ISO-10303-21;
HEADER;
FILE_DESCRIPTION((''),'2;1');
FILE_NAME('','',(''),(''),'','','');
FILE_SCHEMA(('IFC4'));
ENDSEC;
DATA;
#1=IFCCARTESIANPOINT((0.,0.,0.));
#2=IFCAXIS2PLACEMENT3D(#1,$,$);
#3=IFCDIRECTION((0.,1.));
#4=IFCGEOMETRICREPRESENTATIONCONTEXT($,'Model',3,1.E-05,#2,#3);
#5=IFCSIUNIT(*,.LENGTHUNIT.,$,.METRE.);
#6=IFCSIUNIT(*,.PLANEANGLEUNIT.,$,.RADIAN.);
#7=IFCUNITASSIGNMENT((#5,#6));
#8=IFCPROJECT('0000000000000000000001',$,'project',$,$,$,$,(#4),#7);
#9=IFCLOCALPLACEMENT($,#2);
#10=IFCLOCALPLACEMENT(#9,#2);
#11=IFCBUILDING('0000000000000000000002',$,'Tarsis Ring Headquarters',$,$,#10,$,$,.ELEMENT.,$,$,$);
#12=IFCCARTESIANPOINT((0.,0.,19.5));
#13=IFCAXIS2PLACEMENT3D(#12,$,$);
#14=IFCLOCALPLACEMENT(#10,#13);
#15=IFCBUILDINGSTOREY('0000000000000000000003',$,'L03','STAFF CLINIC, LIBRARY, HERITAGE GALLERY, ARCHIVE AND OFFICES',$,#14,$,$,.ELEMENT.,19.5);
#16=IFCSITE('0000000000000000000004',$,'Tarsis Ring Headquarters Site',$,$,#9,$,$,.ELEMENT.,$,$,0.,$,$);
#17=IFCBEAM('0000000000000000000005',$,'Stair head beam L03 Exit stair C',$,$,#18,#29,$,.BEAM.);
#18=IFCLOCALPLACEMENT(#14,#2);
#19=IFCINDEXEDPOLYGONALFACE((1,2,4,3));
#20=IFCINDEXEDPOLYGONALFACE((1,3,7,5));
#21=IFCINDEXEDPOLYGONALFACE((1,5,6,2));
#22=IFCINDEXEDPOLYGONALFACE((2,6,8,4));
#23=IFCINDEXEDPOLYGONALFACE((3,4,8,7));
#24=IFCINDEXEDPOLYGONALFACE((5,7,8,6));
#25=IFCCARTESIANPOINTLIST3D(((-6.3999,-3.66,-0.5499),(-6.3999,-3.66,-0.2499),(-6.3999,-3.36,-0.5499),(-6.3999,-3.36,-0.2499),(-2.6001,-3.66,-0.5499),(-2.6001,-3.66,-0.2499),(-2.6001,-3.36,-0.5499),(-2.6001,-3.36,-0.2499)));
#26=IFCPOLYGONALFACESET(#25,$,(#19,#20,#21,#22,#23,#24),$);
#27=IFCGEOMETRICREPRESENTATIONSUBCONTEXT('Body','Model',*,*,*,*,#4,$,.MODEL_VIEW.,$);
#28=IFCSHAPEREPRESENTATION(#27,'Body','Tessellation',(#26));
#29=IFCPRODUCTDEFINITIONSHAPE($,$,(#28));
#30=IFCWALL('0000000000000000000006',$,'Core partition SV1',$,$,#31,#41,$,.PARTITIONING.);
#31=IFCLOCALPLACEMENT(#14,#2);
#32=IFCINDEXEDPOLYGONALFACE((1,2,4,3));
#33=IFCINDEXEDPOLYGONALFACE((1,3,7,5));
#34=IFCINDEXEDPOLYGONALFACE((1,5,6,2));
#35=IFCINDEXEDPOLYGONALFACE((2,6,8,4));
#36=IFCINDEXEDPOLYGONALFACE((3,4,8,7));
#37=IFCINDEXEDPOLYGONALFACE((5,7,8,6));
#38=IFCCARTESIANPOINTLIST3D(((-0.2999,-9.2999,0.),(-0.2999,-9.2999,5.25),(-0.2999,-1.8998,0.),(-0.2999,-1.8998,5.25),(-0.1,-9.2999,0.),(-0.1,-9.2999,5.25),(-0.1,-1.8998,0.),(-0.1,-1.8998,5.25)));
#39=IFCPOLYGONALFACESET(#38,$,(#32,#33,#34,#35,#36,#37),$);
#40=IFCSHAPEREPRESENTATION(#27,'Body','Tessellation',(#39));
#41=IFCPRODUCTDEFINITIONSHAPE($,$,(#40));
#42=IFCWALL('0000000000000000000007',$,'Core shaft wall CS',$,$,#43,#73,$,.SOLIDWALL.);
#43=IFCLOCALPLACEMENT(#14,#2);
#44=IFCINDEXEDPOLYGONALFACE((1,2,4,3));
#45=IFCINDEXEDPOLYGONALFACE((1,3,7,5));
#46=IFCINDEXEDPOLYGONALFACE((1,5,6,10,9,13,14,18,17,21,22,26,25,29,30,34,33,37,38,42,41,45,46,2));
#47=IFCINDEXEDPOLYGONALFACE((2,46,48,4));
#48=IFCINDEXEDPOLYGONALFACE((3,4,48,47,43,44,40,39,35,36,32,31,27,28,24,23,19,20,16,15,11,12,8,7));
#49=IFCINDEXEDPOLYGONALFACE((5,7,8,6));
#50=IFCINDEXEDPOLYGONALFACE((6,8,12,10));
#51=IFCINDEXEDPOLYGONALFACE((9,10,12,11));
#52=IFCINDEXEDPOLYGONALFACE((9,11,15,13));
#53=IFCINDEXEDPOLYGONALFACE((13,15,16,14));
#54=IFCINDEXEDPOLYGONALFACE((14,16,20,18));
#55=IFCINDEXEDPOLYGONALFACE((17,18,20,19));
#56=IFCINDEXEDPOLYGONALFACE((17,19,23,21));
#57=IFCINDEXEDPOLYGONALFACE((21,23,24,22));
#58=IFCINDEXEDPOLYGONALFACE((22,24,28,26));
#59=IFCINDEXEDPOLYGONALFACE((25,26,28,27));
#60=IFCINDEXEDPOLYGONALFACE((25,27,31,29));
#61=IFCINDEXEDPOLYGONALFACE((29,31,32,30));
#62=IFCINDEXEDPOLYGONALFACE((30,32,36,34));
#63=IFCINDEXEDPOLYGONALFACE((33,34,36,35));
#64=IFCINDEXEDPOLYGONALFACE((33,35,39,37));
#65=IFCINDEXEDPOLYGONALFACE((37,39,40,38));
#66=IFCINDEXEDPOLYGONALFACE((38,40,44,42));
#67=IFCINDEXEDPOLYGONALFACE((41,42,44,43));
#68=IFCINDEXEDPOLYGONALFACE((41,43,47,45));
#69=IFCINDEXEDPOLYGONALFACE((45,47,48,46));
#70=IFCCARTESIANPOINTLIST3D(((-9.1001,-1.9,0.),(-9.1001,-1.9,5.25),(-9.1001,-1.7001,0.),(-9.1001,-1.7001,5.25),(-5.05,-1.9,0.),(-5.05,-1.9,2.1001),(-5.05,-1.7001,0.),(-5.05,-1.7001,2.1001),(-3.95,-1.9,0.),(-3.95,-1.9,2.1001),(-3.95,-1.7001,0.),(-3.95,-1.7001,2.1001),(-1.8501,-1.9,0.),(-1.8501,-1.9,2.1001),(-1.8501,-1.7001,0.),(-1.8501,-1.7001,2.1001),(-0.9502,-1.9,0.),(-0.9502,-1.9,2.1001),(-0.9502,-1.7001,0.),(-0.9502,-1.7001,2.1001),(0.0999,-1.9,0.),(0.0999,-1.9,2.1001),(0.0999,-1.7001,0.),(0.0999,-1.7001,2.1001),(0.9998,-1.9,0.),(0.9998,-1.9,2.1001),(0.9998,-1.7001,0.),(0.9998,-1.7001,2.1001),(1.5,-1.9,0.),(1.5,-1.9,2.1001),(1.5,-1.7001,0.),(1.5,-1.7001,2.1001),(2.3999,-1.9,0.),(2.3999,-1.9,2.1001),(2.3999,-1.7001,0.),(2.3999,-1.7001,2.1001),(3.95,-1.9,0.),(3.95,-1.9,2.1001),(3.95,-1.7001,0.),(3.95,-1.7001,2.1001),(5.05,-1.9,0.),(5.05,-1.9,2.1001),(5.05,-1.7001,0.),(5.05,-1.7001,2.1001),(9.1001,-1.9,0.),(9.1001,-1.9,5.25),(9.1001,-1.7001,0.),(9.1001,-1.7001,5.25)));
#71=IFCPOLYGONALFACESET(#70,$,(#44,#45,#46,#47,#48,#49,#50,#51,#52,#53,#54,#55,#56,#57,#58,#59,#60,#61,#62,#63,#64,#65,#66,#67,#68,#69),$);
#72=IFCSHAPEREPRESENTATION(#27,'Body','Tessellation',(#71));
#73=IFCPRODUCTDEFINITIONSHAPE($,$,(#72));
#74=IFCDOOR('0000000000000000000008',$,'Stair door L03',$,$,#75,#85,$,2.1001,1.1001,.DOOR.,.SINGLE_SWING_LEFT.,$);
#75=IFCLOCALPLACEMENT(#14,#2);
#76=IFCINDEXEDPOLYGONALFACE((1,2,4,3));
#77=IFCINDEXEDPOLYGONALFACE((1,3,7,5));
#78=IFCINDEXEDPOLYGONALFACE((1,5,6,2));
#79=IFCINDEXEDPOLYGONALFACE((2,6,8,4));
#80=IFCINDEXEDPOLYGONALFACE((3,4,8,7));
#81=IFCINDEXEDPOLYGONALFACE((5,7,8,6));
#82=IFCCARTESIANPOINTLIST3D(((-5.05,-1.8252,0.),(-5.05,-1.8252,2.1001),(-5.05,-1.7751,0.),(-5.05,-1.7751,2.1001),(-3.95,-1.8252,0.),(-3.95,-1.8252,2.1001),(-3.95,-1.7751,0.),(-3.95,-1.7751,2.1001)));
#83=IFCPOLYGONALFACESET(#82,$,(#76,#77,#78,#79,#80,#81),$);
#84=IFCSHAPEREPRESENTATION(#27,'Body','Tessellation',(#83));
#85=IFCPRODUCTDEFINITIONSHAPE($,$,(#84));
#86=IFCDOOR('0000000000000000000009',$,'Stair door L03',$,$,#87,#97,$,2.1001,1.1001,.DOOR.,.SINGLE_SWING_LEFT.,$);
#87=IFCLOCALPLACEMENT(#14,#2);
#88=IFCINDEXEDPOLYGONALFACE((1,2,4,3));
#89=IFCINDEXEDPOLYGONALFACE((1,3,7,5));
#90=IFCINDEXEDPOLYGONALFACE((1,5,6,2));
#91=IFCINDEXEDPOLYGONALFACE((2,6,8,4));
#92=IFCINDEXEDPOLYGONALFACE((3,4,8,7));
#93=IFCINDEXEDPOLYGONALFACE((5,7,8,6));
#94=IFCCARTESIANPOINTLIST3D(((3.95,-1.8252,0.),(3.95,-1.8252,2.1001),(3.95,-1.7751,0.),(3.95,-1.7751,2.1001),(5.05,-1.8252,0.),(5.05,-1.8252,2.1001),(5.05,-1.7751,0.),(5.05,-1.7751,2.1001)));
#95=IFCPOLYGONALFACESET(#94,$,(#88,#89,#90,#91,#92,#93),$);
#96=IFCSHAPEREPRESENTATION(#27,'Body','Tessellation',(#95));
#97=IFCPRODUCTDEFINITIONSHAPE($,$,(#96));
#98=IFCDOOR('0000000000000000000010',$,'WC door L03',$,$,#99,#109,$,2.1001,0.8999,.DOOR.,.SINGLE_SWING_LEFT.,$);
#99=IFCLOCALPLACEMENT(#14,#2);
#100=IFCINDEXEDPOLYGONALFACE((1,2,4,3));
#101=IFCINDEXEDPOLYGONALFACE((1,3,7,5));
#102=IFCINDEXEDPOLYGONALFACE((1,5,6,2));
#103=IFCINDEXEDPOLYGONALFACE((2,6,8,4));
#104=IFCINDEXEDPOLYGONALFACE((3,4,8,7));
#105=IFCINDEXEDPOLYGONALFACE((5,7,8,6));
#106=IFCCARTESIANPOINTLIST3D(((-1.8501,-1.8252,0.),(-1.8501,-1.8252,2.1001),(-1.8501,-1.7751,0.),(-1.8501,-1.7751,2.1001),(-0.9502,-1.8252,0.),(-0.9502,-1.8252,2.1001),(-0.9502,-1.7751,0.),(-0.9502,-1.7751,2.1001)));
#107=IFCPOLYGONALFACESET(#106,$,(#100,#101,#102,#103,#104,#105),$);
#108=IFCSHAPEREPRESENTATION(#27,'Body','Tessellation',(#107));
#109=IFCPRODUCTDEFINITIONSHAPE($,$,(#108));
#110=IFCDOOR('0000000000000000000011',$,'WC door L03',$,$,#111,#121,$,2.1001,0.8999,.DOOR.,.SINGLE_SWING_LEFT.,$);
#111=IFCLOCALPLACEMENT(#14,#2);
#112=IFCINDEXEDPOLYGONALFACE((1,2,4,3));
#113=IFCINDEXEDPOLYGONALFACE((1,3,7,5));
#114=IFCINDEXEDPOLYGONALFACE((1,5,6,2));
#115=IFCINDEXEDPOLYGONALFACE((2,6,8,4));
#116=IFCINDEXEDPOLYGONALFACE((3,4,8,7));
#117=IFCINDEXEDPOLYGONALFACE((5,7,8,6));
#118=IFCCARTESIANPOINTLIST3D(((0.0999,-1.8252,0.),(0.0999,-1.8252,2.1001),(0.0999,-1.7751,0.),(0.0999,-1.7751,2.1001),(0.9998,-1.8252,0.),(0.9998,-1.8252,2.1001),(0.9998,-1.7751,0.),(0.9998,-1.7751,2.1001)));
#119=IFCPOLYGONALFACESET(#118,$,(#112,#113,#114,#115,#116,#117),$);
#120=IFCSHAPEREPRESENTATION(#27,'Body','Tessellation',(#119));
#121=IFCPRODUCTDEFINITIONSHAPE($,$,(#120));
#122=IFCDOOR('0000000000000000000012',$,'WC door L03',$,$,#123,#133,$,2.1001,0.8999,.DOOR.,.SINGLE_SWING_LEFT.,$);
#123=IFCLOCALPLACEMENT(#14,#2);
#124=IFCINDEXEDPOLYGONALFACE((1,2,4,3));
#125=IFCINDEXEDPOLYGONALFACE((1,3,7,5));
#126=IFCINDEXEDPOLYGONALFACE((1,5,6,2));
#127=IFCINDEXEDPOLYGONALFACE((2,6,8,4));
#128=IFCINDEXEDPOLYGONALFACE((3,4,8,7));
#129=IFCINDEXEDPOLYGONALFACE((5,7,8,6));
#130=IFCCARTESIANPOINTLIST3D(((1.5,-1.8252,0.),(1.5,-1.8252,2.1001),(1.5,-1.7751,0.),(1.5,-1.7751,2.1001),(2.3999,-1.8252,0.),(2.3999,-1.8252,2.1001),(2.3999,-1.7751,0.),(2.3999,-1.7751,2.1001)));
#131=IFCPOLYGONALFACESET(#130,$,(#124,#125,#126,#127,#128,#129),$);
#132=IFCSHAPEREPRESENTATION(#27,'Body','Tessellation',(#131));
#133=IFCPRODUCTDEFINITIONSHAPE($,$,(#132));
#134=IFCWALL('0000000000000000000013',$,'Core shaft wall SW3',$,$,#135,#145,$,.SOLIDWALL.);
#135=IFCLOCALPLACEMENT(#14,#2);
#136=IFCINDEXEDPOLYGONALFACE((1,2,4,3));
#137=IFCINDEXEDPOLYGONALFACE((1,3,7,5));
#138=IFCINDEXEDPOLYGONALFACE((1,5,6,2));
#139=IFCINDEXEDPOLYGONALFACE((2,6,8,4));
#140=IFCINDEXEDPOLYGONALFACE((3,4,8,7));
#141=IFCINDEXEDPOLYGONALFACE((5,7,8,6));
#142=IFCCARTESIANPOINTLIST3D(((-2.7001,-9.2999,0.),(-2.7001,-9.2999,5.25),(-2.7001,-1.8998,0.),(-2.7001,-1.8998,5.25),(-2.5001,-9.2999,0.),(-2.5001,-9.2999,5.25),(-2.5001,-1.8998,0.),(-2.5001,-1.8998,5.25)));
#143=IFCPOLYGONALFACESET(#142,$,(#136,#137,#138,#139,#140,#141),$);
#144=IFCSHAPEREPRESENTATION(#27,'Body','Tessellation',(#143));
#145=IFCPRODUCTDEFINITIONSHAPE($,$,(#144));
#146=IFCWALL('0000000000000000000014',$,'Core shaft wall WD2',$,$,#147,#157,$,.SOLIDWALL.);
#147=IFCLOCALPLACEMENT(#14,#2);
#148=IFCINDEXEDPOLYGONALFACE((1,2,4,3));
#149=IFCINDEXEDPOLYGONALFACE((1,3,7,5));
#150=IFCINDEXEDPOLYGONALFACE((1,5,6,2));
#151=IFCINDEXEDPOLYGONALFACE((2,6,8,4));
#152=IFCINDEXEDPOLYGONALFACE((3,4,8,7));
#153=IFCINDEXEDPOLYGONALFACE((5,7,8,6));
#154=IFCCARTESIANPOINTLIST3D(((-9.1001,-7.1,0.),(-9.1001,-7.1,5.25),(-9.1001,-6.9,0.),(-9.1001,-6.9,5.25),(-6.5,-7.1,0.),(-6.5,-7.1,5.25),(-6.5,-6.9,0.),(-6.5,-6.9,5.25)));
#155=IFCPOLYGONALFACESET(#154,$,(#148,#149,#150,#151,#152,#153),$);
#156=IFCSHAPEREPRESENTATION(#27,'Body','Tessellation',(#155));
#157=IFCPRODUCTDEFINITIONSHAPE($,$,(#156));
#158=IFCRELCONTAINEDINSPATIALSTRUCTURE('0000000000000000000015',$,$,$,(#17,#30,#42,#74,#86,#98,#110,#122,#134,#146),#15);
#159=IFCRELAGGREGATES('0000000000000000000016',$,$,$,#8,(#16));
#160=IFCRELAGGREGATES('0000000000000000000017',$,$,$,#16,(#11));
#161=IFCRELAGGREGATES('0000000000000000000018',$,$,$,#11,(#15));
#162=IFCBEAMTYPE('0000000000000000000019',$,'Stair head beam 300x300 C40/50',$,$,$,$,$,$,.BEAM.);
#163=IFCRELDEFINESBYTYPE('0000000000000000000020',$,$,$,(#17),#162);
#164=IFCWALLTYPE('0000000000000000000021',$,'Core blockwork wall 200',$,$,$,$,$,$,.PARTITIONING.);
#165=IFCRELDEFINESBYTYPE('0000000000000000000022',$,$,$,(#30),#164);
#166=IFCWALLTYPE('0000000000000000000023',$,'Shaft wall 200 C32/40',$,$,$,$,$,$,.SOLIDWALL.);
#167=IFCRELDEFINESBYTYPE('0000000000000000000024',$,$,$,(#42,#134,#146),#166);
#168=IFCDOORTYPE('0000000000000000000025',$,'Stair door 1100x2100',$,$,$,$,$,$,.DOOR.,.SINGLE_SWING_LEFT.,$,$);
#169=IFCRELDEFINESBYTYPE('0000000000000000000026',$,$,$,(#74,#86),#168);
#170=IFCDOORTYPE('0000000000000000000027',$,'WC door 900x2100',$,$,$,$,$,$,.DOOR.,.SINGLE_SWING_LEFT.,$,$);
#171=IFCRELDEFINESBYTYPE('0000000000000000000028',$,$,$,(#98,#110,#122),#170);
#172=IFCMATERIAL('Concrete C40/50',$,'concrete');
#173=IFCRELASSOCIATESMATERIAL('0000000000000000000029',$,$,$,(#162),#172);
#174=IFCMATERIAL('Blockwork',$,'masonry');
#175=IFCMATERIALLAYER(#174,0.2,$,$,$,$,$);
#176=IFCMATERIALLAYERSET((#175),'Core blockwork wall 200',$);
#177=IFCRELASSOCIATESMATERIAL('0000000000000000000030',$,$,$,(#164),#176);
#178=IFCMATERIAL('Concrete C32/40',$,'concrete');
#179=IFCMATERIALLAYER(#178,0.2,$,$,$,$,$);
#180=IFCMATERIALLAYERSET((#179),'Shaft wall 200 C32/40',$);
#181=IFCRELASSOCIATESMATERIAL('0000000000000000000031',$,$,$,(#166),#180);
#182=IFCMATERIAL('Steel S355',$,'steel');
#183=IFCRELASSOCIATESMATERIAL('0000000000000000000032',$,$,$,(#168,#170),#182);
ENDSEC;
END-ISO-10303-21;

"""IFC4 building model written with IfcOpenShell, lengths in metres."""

from ifc_helpers import new_model, si_unit, direction, frame, frame_2d, origin, origin_2d, place, context, subcontext, project, spatial, rectangle, extrude, material, layer, layer_set, material_profile, profile_set, type_object, element, fill, save


model = new_model("IFC4")

# Units and contexts
model_context = context("Model", 3, precision=1e-05, world=origin(), true_north=direction((0.0, 1.0)))
body_context = subcontext(model_context, "Body", "Model", "MODEL_VIEW")
ifc_project = project(units=[si_unit("LENGTHUNIT", "METRE"), si_unit("PLANEANGLEUNIT", "RADIAN")], contexts=[model_context])

# Site, building, storey
site_placement = place(None, origin())
site = spatial("IfcSite", under=ifc_project, at=site_placement, Name="Tarsis Ring Headquarters Site", CompositionType="ELEMENT", RefElevation=0.0)
building_placement = place(site_placement, origin())
building = spatial("IfcBuilding", under=site, at=building_placement, Name="Tarsis Ring Headquarters", CompositionType="ELEMENT")
storey_placement = place(building_placement, frame((0.0, 0.0, 19.5)))
storey = spatial("IfcBuildingStorey", under=building, at=storey_placement, Name="L03", Description="STAFF CLINIC, LIBRARY, HERITAGE GALLERY, ARCHIVE AND OFFICES", CompositionType="ELEMENT", Elevation=19.5)

# Beam
ifc_material_1 = material(Name="Concrete C40/50", Category="concrete")
ifc_material_profile = material_profile(ifc_material_1, rectangle(XDim=0.3, YDim=0.3, at=origin_2d()), Name="Stair head beam 300x300 C40/50")
ifc_profile_set = profile_set([ifc_material_profile], Name="Concrete C40/50")
beam_type = type_object("IfcBeamType", Name="Stair head beam 300x300 C40/50", PredefinedType="BEAM", material=ifc_profile_set)
beam_placement = place(storey_placement, frame((-6.3999, -3.51, -0.3999), z_axis=(1.0, 0.0, 0.0), x_axis=(0.0, 1.0, 0.0)))
element("IfcBeam", 1, at=beam_placement, inside=storey, type_object=beam_type, Name="Stair head beam L03 Exit stair C", PredefinedType="BEAM", context=body_context, shape_type="SweptSolid", body=[
    extrude(rectangle(XDim=0.3, YDim=0.3, at=origin_2d()), origin(), (0.0, 0.0, 1.0), 3.7998),
])

# Wall
ifc_material_2 = material(Name="Blockwork", Category="masonry")
ifc_layer_1 = layer(ifc_material_2, 0.2)
ifc_layer_set_1 = layer_set([ifc_layer_1], Name="Core blockwork wall 200")
wall_type_1 = type_object("IfcWallType", Name="Core blockwork wall 200", PredefinedType="PARTITIONING", material=ifc_layer_set_1)
wall_1_placement = place(storey_placement, frame((-0.2, -9.3, 0.0), z_axis=(0.0, 0.0, 1.0), x_axis=(0.0, 1.0, 0.0)))
element("IfcWall", 2, at=wall_1_placement, inside=storey, type_object=wall_type_1, Name="Core partition SV1", PredefinedType="PARTITIONING", context=body_context, shape_type="SweptSolid", body=[
    extrude(rectangle(XDim=7.4001, YDim=0.2, at=frame_2d((3.7002, 0.0))), origin(), (0.0, 0.0, 1.0), 5.25),
])

# Wall, openings, doors
ifc_material_3 = material(Name="Concrete C32/40", Category="concrete")
ifc_layer_2 = layer(ifc_material_3, 0.2)
ifc_layer_set_2 = layer_set([ifc_layer_2], Name="Shaft wall 200 C32/40")
wall_type_2 = type_object("IfcWallType", Name="Shaft wall 200 C32/40", PredefinedType="SOLIDWALL", material=ifc_layer_set_2)
wall_2_placement = place(storey_placement, frame((-9.1001, -1.8, 0.0), z_axis=(0.0, 0.0, 1.0), x_axis=(1.0, 0.0, 0.0)))
wall_2 = element("IfcWall", 3, at=wall_2_placement, inside=storey, type_object=wall_type_2, Name="Core shaft wall CS", PredefinedType="SOLIDWALL", context=body_context, shape_type="SweptSolid", body=[
    extrude(rectangle(XDim=18.2002, YDim=0.2, at=frame_2d((9.1001, 0.0))), origin(), (0.0, 0.0, 1.0), 5.25),
])
opening_1_placement = place(wall_2_placement, frame((4.05, 0.0, 0.0)))
opening_1 = element("IfcOpeningElement", 4, at=opening_1_placement, cuts=wall_2, PredefinedType="OPENING", context=body_context, shape_type="SweptSolid", body=[
    extrude(rectangle(XDim=1.1001, YDim=2.1001, at=frame_2d((0.55, 1.05))), frame((0.0, 0.1099, 0.0), z_axis=(0.0, -1.0, 0.0), x_axis=(1.0, 0.0, 0.0)), (0.0, 0.0, 1.0), 0.22),
])
opening_2_placement = place(wall_2_placement, frame((7.25, 0.0, 0.0)))
opening_2 = element("IfcOpeningElement", 5, at=opening_2_placement, cuts=wall_2, PredefinedType="OPENING", context=body_context, shape_type="SweptSolid", body=[
    extrude(rectangle(XDim=0.8999, YDim=2.1001, at=frame_2d((0.45, 1.05))), frame((0.0, 0.1099, 0.0), z_axis=(0.0, -1.0, 0.0), x_axis=(1.0, 0.0, 0.0)), (0.0, 0.0, 1.0), 0.22),
])
opening_3_placement = place(wall_2_placement, frame((9.2, 0.0, 0.0)))
opening_3 = element("IfcOpeningElement", 6, at=opening_3_placement, cuts=wall_2, PredefinedType="OPENING", context=body_context, shape_type="SweptSolid", body=[
    extrude(rectangle(XDim=0.8999, YDim=2.1001, at=frame_2d((0.45, 1.05))), frame((0.0, 0.1099, 0.0), z_axis=(0.0, -1.0, 0.0), x_axis=(1.0, 0.0, 0.0)), (0.0, 0.0, 1.0), 0.22),
])
opening_4_placement = place(wall_2_placement, frame((10.6001, 0.0, 0.0)))
opening_4 = element("IfcOpeningElement", 7, at=opening_4_placement, cuts=wall_2, PredefinedType="OPENING", context=body_context, shape_type="SweptSolid", body=[
    extrude(rectangle(XDim=0.8999, YDim=2.1001, at=frame_2d((0.45, 1.05))), frame((0.0, 0.1099, 0.0), z_axis=(0.0, -1.0, 0.0), x_axis=(1.0, 0.0, 0.0)), (0.0, 0.0, 1.0), 0.22),
])
opening_5_placement = place(wall_2_placement, frame((13.05, 0.0, 0.0)))
opening_5 = element("IfcOpeningElement", 8, at=opening_5_placement, cuts=wall_2, PredefinedType="OPENING", context=body_context, shape_type="SweptSolid", body=[
    extrude(rectangle(XDim=1.1001, YDim=2.1001, at=frame_2d((0.55, 1.05))), frame((0.0, 0.1099, 0.0), z_axis=(0.0, -1.0, 0.0), x_axis=(1.0, 0.0, 0.0)), (0.0, 0.0, 1.0), 0.22),
])
ifc_material_4 = material(Name="Steel S355", Category="steel")
door_type_1 = type_object("IfcDoorType", Name="Stair door 1100x2100", OperationType="SINGLE_SWING_LEFT", PredefinedType="DOOR", material=ifc_material_4)
door_1_placement = place(opening_1_placement, origin())
door_1 = element("IfcDoor", 9, at=door_1_placement, inside=storey, type_object=door_type_1, Name="Stair door L03", OperationType="SINGLE_SWING_LEFT", OverallHeight=2.1001, OverallWidth=1.1001, PredefinedType="DOOR", context=body_context, shape_type="SweptSolid", body=[
    extrude(rectangle(XDim=1.1001, YDim=2.1001, at=frame_2d((0.55, 1.05))), frame((0.0, 0.0249, 0.0), z_axis=(0.0, -1.0, 0.0), x_axis=(1.0, 0.0, 0.0)), (0.0, 0.0, 1.0), 0.05),
])
fill(opening_1, door_1)
door_2_placement = place(opening_5_placement, origin())
door_2 = element("IfcDoor", 10, at=door_2_placement, inside=storey, type_object=door_type_1, Name="Stair door L03", OperationType="SINGLE_SWING_LEFT", OverallHeight=2.1001, OverallWidth=1.1001, PredefinedType="DOOR", context=body_context, shape_type="SweptSolid", body=[
    extrude(rectangle(XDim=1.1001, YDim=2.1001, at=frame_2d((0.55, 1.05))), frame((0.0, 0.0249, 0.0), z_axis=(0.0, -1.0, 0.0), x_axis=(1.0, 0.0, 0.0)), (0.0, 0.0, 1.0), 0.05),
])
fill(opening_5, door_2)
door_type_2 = type_object("IfcDoorType", Name="WC door 900x2100", OperationType="SINGLE_SWING_LEFT", PredefinedType="DOOR", material=ifc_material_4)
door_3_placement = place(opening_2_placement, origin())
door_3 = element("IfcDoor", 11, at=door_3_placement, inside=storey, type_object=door_type_2, Name="WC door L03", OperationType="SINGLE_SWING_LEFT", OverallHeight=2.1001, OverallWidth=0.8999, PredefinedType="DOOR", context=body_context, shape_type="SweptSolid", body=[
    extrude(rectangle(XDim=0.8999, YDim=2.1001, at=frame_2d((0.45, 1.05))), frame((0.0, 0.0249, 0.0), z_axis=(0.0, -1.0, 0.0), x_axis=(1.0, 0.0, 0.0)), (0.0, 0.0, 1.0), 0.05),
])
fill(opening_2, door_3)
door_4_placement = place(opening_3_placement, origin())
door_4 = element("IfcDoor", 12, at=door_4_placement, inside=storey, type_object=door_type_2, Name="WC door L03", OperationType="SINGLE_SWING_LEFT", OverallHeight=2.1001, OverallWidth=0.8999, PredefinedType="DOOR", context=body_context, shape_type="SweptSolid", body=[
    extrude(rectangle(XDim=0.8999, YDim=2.1001, at=frame_2d((0.45, 1.05))), frame((0.0, 0.0249, 0.0), z_axis=(0.0, -1.0, 0.0), x_axis=(1.0, 0.0, 0.0)), (0.0, 0.0, 1.0), 0.05),
])
fill(opening_3, door_4)
door_5_placement = place(opening_4_placement, origin())
door_5 = element("IfcDoor", 13, at=door_5_placement, inside=storey, type_object=door_type_2, Name="WC door L03", OperationType="SINGLE_SWING_LEFT", OverallHeight=2.1001, OverallWidth=0.8999, PredefinedType="DOOR", context=body_context, shape_type="SweptSolid", body=[
    extrude(rectangle(XDim=0.8999, YDim=2.1001, at=frame_2d((0.45, 1.05))), frame((0.0, 0.0249, 0.0), z_axis=(0.0, -1.0, 0.0), x_axis=(1.0, 0.0, 0.0)), (0.0, 0.0, 1.0), 0.05),
])
fill(opening_4, door_5)

# Walls
wall_3_placement = place(storey_placement, frame((-2.6001, -9.3, 0.0), z_axis=(0.0, 0.0, 1.0), x_axis=(0.0, 1.0, 0.0)))
element("IfcWall", 14, at=wall_3_placement, inside=storey, type_object=wall_type_2, Name="Core shaft wall SW3", PredefinedType="SOLIDWALL", context=body_context, shape_type="SweptSolid", body=[
    extrude(rectangle(XDim=7.4001, YDim=0.2, at=frame_2d((3.7002, 0.0))), origin(), (0.0, 0.0, 1.0), 5.25),
])
wall_4_placement = place(storey_placement, frame((-9.1001, -7.0, 0.0), z_axis=(0.0, 0.0, 1.0), x_axis=(1.0, 0.0, 0.0)))
element("IfcWall", 15, at=wall_4_placement, inside=storey, type_object=wall_type_2, Name="Core shaft wall WD2", PredefinedType="SOLIDWALL", context=body_context, shape_type="SweptSolid", body=[
    extrude(rectangle(XDim=2.6001, YDim=0.2, at=frame_2d((1.3, 0.0))), origin(), (0.0, 0.0, 1.0), 5.25),
])

save(model, "model.ifc")
